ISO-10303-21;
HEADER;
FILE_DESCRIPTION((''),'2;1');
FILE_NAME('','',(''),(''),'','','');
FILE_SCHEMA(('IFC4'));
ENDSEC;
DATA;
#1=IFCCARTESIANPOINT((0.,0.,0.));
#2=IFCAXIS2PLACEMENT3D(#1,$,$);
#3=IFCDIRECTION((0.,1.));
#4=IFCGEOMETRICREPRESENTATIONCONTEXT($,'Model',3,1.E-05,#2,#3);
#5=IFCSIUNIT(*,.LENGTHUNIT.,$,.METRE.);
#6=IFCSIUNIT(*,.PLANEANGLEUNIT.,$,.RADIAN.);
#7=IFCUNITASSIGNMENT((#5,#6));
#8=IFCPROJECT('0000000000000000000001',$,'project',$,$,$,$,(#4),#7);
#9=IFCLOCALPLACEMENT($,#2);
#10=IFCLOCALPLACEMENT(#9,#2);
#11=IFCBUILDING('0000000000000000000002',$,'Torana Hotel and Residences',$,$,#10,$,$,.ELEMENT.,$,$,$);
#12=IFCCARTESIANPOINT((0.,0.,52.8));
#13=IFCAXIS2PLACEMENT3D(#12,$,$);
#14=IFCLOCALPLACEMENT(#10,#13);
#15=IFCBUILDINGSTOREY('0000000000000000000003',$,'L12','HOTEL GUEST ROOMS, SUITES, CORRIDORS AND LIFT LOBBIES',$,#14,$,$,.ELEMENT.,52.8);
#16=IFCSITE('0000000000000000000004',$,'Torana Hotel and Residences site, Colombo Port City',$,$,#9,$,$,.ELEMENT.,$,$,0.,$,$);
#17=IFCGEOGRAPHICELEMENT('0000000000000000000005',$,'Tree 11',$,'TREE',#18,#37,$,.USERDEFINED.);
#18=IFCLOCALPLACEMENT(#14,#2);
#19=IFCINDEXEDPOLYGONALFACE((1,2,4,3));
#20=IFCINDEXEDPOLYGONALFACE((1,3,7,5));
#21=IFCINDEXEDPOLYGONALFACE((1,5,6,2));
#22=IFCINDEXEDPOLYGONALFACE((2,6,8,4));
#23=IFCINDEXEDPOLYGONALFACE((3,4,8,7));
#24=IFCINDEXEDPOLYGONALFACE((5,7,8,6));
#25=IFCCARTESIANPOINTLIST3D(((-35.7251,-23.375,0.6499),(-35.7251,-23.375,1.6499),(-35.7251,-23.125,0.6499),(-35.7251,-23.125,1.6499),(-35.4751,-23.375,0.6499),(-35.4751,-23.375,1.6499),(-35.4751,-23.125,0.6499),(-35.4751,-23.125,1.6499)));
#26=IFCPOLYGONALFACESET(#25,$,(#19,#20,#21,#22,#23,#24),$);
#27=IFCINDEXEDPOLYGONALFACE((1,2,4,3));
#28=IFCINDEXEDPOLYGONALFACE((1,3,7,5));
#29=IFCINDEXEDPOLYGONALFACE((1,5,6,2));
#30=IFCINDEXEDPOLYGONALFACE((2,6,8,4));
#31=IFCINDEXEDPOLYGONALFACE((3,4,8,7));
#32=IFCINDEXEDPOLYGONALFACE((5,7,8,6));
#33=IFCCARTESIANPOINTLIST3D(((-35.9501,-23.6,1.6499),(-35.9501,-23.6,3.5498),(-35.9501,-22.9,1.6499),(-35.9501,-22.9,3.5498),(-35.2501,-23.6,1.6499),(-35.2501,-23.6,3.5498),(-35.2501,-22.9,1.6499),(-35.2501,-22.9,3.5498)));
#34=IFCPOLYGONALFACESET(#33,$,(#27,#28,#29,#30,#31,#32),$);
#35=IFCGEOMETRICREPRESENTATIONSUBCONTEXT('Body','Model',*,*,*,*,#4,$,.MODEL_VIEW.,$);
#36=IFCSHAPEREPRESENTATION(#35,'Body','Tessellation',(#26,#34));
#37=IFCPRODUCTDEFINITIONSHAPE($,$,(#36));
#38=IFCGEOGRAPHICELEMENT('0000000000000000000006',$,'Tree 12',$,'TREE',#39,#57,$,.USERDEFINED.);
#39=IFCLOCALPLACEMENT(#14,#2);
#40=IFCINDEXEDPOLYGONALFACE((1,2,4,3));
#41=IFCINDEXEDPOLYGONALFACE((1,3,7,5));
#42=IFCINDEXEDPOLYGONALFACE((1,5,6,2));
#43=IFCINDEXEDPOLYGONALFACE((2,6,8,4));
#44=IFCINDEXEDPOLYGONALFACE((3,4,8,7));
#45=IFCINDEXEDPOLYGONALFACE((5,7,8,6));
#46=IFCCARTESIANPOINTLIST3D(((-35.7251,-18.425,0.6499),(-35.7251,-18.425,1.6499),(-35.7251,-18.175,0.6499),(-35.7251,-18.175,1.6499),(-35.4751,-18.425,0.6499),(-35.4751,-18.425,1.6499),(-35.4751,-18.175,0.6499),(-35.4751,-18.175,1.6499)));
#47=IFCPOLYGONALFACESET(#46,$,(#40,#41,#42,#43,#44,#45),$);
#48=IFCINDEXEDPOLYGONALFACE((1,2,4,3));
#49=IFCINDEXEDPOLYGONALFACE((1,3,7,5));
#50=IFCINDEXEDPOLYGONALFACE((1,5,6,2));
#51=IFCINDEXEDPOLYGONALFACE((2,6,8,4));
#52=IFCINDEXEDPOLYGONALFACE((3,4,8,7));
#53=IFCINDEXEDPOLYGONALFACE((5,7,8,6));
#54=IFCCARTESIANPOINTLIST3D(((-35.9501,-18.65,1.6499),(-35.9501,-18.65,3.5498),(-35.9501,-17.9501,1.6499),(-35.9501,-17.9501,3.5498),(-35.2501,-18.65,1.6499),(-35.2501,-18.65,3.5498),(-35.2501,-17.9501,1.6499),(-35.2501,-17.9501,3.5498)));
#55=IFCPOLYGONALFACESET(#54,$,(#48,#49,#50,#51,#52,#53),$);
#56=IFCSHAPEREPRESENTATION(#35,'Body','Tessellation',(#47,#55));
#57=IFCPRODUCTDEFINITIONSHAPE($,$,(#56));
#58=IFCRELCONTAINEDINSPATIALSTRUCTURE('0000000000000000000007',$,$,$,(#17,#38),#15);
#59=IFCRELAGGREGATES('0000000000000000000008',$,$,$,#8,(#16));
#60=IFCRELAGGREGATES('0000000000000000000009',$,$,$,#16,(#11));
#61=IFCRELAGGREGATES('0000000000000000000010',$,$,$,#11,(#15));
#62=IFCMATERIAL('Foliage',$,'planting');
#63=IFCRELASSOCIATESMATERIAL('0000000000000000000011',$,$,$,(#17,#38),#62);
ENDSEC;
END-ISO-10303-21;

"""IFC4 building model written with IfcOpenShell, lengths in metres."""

from ifc_helpers import new_model, si_unit, direction, frame, origin, origin_2d, place, context, subcontext, project, spatial, rectangle, extrude, material, element, save


model = new_model("IFC4")

# Units and contexts
model_context = context("Model", 3, precision=1e-05, world=origin(), true_north=direction((0.0, 1.0)))
body_context = subcontext(model_context, "Body", "Model", "MODEL_VIEW")
ifc_project = project(units=[si_unit("LENGTHUNIT", "METRE"), si_unit("PLANEANGLEUNIT", "RADIAN")], contexts=[model_context])

# Site, building, storey
site_placement = place(None, origin())
site = spatial("IfcSite", under=ifc_project, at=site_placement, Name="Torana Hotel and Residences site, Colombo Port City", CompositionType="ELEMENT", RefElevation=0.0)
building_placement = place(site_placement, origin())
building = spatial("IfcBuilding", under=site, at=building_placement, Name="Torana Hotel and Residences", CompositionType="ELEMENT")
storey_placement = place(building_placement, frame((0.0, 0.0, 52.8)))
storey = spatial("IfcBuildingStorey", under=building, at=storey_placement, Name="L12", Description="HOTEL GUEST ROOMS, SUITES, CORRIDORS AND LIFT LOBBIES", CompositionType="ELEMENT", Elevation=52.8)

# Geographic elements
ifc_material_1 = material(Name="Foliage", Category="planting")
for number, where, z_axis, x_axis, name in (
    (1, (-35.6001, -23.25, 0.6499), (0.0, 0.0, 1.0), (1.0, 0.0, 0.0), "Tree 11"),
    (2, (-35.6001, -18.3, 0.6499), (0.0, 0.0, 1.0), (1.0, 0.0, 0.0), "Tree 12"),
):
    element("IfcGeographicElement", number, at=place(storey_placement, frame(where, z_axis=z_axis, x_axis=x_axis)), inside=storey, material=ifc_material_1, Name=name, ObjectType="TREE", PredefinedType="USERDEFINED", context=body_context, shape_type="SweptSolid", body=[
        extrude(rectangle(XDim=0.25, YDim=0.25, at=origin_2d()), origin(), (0.0, 0.0, 1.0), 1.0),
        extrude(rectangle(XDim=0.7, YDim=0.7, at=origin_2d()), frame((0.0, 0.0, 1.0)), (0.0, 0.0, 1.0), 1.8999),
    ])

save(model, "model.ifc")
